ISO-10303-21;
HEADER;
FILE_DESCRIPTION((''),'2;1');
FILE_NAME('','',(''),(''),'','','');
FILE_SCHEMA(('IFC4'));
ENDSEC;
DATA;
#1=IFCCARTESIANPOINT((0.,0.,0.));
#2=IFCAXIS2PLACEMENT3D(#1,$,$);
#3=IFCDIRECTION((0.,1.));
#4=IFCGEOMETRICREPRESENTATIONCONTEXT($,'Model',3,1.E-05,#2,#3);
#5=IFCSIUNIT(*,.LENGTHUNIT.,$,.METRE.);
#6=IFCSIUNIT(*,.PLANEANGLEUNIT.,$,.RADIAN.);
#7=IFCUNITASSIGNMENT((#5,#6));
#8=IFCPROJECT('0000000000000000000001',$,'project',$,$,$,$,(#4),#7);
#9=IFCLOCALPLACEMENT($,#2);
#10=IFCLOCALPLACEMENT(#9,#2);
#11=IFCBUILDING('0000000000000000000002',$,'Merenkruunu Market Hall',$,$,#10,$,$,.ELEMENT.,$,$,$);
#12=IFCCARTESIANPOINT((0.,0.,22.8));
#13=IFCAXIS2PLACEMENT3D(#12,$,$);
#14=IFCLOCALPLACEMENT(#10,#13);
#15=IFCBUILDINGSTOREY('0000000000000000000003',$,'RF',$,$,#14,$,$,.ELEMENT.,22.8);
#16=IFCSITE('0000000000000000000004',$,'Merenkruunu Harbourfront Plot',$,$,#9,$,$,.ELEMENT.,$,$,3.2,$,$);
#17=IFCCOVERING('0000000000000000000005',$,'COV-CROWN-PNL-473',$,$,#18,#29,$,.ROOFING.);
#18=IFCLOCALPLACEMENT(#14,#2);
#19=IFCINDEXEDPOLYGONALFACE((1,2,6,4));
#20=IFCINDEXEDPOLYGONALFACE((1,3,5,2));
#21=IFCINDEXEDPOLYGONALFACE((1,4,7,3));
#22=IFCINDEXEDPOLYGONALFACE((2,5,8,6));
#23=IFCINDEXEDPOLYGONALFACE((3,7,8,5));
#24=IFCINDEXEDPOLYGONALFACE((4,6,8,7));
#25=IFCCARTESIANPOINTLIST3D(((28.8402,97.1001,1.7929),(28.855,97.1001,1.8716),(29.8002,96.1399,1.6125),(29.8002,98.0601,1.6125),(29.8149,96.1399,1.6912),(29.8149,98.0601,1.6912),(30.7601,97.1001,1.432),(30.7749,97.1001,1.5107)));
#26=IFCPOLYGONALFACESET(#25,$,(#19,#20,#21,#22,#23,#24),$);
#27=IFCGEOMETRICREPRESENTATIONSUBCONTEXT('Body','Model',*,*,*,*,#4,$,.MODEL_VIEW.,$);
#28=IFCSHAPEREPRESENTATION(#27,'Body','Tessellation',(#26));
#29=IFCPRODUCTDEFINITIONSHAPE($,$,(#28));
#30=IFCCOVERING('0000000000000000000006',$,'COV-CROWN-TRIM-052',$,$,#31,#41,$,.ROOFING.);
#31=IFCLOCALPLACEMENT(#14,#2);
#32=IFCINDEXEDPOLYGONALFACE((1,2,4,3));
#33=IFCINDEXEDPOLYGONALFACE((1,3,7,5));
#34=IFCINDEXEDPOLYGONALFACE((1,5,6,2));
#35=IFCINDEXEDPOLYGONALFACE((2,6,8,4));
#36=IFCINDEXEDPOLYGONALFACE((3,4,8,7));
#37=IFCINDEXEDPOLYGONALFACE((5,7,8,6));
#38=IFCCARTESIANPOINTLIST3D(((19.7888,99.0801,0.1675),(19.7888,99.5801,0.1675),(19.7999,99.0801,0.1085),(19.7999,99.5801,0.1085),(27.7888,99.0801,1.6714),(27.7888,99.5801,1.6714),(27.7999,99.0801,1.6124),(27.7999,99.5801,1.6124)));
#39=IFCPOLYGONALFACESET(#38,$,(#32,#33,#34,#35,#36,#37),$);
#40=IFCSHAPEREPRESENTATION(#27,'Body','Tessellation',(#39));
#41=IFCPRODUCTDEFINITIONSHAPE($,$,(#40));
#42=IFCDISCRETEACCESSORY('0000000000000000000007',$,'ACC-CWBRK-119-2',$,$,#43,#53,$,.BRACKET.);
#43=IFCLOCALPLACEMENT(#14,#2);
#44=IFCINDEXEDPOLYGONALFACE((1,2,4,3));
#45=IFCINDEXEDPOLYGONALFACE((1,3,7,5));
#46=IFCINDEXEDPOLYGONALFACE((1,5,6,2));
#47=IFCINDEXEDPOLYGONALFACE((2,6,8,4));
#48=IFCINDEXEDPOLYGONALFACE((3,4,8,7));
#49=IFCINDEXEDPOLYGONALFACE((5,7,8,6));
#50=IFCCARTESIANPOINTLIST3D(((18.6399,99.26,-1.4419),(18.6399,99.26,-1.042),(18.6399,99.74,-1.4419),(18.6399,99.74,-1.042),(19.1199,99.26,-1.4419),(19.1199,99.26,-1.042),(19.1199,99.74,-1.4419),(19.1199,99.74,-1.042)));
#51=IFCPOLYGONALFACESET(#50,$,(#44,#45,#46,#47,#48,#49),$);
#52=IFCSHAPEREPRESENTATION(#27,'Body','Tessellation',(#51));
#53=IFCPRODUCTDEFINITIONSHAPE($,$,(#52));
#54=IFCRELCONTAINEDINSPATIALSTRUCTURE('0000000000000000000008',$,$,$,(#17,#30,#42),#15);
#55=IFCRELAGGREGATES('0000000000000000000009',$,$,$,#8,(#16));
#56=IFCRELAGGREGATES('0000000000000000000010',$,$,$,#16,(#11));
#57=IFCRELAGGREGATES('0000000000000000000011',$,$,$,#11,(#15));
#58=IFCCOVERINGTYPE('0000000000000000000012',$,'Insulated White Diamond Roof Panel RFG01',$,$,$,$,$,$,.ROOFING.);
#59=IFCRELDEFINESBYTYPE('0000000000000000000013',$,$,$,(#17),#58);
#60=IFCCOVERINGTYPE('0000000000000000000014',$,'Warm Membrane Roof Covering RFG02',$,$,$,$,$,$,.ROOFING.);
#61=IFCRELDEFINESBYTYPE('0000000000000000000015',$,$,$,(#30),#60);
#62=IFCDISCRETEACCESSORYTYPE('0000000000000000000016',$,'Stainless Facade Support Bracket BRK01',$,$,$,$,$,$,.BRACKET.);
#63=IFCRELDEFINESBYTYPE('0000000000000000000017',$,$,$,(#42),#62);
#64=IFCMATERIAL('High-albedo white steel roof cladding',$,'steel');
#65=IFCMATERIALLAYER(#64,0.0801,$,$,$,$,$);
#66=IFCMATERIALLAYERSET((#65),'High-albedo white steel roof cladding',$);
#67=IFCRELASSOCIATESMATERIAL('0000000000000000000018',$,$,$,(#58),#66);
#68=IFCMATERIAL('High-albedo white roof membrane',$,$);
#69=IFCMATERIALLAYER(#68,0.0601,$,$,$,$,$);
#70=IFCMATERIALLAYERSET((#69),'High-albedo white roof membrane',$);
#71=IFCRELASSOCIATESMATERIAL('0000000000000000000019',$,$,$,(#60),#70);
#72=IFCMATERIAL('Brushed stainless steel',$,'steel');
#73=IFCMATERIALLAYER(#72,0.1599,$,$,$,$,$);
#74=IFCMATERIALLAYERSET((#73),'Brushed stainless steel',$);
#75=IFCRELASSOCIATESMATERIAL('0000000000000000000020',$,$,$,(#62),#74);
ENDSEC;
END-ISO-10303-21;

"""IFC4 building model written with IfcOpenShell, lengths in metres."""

from ifc_helpers import new_model, si_unit, direction, frame, origin, origin_2d, place, context, subcontext, project, spatial, polyline, rectangle, outline, extrude, material, layer, layer_set, type_object, element, save


model = new_model("IFC4")

# Units and contexts
model_context = context("Model", 3, precision=1e-05, world=origin(), true_north=direction((0.0, 1.0)))
body_context = subcontext(model_context, "Body", "Model", "MODEL_VIEW")
ifc_project = project(units=[si_unit("LENGTHUNIT", "METRE"), si_unit("PLANEANGLEUNIT", "RADIAN")], contexts=[model_context])

# Site, building, storey
site_placement = place(None, origin())
site = spatial("IfcSite", under=ifc_project, at=site_placement, Name="Merenkruunu Harbourfront Plot", CompositionType="ELEMENT", RefElevation=3.2)
building_placement = place(site_placement, origin())
building = spatial("IfcBuilding", under=site, at=building_placement, Name="Merenkruunu Market Hall", CompositionType="ELEMENT")
storey_placement = place(building_placement, frame((0.0, 0.0, 22.8)))
storey = spatial("IfcBuildingStorey", under=building, at=storey_placement, Name="RF", CompositionType="ELEMENT", Elevation=22.8)

# Coverings
ifc_material_1 = material(Name="High-albedo white steel roof cladding", Category="steel")
ifc_layer_1 = layer(ifc_material_1, 0.0801)
ifc_layer_set_1 = layer_set([ifc_layer_1], Name="High-albedo white steel roof cladding")
covering_type_1 = type_object("IfcCoveringType", Name="Insulated White Diamond Roof Panel RFG01", PredefinedType="ROOFING", material=ifc_layer_set_1)
for number, where, z_axis, x_axis, name in (
    (1, (28.855, 97.1001, 1.8716), (0.184711, 0.0, 0.982793), (0.700856, -0.701035, -0.131722), "COV-CROWN-PNL-473"),
):
    element("IfcCovering", number, at=place(storey_placement, frame(where, z_axis=z_axis, x_axis=x_axis)), inside=storey, type_object=covering_type_1, Name=name, PredefinedType="ROOFING", context=body_context, shape_type="SweptSolid", body=[
        extrude(outline(polyline([(0.0, 0.0), (1.3697, 0.0), (1.3931, 1.3695), (0.0236, 1.3693), (0.0, 0.0)])), origin(), (0.0, 0.0, -1.0), 0.0801),
    ])
ifc_material_2 = material(Name="High-albedo white roof membrane")
ifc_layer_2 = layer(ifc_material_2, 0.0601)
ifc_layer_set_2 = layer_set([ifc_layer_2], Name="High-albedo white roof membrane")
covering_type_2 = type_object("IfcCoveringType", Name="Warm Membrane Roof Covering RFG02", PredefinedType="ROOFING", material=ifc_layer_set_2)
covering_placement = place(storey_placement, frame((19.7888, 99.0801, 0.1675), z_axis=(-0.184752, 0.0, 0.982785), x_axis=(0.982785, 0.0, 0.184752)))
element("IfcCovering", 2, at=covering_placement, inside=storey, type_object=covering_type_2, Name="COV-CROWN-TRIM-052", PredefinedType="ROOFING", context=body_context, shape_type="SweptSolid", body=[
    extrude(outline(polyline([(0.0, 0.0), (8.1401, 0.0), (8.1401, 0.5), (0.0, 0.5), (0.0, 0.0)])), origin(), (0.0, 0.0, -1.0), 0.0601),
])

# Discrete accessory
ifc_material_3 = material(Name="Brushed stainless steel", Category="steel")
ifc_layer_3 = layer(ifc_material_3, 0.1599)
ifc_layer_set_3 = layer_set([ifc_layer_3], Name="Brushed stainless steel")
discrete_accessory_type = type_object("IfcDiscreteAccessoryType", Name="Stainless Facade Support Bracket BRK01", PredefinedType="BRACKET", material=ifc_layer_set_3)
discrete_accessory_placement = place(storey_placement, frame((18.8799, 99.5, -1.4419), z_axis=(0.0, 0.0, 1.0), x_axis=(1.0, 0.0, 0.0)))
element("IfcDiscreteAccessory", 3, at=discrete_accessory_placement, inside=storey, type_object=discrete_accessory_type, Name="ACC-CWBRK-119-2", PredefinedType="BRACKET", context=body_context, shape_type="SweptSolid", body=[
    extrude(rectangle(XDim=0.48, YDim=0.48, at=origin_2d()), origin(), (0.0, 0.0, 1.0), 0.3999),
])

save(model, "model.ifc")
